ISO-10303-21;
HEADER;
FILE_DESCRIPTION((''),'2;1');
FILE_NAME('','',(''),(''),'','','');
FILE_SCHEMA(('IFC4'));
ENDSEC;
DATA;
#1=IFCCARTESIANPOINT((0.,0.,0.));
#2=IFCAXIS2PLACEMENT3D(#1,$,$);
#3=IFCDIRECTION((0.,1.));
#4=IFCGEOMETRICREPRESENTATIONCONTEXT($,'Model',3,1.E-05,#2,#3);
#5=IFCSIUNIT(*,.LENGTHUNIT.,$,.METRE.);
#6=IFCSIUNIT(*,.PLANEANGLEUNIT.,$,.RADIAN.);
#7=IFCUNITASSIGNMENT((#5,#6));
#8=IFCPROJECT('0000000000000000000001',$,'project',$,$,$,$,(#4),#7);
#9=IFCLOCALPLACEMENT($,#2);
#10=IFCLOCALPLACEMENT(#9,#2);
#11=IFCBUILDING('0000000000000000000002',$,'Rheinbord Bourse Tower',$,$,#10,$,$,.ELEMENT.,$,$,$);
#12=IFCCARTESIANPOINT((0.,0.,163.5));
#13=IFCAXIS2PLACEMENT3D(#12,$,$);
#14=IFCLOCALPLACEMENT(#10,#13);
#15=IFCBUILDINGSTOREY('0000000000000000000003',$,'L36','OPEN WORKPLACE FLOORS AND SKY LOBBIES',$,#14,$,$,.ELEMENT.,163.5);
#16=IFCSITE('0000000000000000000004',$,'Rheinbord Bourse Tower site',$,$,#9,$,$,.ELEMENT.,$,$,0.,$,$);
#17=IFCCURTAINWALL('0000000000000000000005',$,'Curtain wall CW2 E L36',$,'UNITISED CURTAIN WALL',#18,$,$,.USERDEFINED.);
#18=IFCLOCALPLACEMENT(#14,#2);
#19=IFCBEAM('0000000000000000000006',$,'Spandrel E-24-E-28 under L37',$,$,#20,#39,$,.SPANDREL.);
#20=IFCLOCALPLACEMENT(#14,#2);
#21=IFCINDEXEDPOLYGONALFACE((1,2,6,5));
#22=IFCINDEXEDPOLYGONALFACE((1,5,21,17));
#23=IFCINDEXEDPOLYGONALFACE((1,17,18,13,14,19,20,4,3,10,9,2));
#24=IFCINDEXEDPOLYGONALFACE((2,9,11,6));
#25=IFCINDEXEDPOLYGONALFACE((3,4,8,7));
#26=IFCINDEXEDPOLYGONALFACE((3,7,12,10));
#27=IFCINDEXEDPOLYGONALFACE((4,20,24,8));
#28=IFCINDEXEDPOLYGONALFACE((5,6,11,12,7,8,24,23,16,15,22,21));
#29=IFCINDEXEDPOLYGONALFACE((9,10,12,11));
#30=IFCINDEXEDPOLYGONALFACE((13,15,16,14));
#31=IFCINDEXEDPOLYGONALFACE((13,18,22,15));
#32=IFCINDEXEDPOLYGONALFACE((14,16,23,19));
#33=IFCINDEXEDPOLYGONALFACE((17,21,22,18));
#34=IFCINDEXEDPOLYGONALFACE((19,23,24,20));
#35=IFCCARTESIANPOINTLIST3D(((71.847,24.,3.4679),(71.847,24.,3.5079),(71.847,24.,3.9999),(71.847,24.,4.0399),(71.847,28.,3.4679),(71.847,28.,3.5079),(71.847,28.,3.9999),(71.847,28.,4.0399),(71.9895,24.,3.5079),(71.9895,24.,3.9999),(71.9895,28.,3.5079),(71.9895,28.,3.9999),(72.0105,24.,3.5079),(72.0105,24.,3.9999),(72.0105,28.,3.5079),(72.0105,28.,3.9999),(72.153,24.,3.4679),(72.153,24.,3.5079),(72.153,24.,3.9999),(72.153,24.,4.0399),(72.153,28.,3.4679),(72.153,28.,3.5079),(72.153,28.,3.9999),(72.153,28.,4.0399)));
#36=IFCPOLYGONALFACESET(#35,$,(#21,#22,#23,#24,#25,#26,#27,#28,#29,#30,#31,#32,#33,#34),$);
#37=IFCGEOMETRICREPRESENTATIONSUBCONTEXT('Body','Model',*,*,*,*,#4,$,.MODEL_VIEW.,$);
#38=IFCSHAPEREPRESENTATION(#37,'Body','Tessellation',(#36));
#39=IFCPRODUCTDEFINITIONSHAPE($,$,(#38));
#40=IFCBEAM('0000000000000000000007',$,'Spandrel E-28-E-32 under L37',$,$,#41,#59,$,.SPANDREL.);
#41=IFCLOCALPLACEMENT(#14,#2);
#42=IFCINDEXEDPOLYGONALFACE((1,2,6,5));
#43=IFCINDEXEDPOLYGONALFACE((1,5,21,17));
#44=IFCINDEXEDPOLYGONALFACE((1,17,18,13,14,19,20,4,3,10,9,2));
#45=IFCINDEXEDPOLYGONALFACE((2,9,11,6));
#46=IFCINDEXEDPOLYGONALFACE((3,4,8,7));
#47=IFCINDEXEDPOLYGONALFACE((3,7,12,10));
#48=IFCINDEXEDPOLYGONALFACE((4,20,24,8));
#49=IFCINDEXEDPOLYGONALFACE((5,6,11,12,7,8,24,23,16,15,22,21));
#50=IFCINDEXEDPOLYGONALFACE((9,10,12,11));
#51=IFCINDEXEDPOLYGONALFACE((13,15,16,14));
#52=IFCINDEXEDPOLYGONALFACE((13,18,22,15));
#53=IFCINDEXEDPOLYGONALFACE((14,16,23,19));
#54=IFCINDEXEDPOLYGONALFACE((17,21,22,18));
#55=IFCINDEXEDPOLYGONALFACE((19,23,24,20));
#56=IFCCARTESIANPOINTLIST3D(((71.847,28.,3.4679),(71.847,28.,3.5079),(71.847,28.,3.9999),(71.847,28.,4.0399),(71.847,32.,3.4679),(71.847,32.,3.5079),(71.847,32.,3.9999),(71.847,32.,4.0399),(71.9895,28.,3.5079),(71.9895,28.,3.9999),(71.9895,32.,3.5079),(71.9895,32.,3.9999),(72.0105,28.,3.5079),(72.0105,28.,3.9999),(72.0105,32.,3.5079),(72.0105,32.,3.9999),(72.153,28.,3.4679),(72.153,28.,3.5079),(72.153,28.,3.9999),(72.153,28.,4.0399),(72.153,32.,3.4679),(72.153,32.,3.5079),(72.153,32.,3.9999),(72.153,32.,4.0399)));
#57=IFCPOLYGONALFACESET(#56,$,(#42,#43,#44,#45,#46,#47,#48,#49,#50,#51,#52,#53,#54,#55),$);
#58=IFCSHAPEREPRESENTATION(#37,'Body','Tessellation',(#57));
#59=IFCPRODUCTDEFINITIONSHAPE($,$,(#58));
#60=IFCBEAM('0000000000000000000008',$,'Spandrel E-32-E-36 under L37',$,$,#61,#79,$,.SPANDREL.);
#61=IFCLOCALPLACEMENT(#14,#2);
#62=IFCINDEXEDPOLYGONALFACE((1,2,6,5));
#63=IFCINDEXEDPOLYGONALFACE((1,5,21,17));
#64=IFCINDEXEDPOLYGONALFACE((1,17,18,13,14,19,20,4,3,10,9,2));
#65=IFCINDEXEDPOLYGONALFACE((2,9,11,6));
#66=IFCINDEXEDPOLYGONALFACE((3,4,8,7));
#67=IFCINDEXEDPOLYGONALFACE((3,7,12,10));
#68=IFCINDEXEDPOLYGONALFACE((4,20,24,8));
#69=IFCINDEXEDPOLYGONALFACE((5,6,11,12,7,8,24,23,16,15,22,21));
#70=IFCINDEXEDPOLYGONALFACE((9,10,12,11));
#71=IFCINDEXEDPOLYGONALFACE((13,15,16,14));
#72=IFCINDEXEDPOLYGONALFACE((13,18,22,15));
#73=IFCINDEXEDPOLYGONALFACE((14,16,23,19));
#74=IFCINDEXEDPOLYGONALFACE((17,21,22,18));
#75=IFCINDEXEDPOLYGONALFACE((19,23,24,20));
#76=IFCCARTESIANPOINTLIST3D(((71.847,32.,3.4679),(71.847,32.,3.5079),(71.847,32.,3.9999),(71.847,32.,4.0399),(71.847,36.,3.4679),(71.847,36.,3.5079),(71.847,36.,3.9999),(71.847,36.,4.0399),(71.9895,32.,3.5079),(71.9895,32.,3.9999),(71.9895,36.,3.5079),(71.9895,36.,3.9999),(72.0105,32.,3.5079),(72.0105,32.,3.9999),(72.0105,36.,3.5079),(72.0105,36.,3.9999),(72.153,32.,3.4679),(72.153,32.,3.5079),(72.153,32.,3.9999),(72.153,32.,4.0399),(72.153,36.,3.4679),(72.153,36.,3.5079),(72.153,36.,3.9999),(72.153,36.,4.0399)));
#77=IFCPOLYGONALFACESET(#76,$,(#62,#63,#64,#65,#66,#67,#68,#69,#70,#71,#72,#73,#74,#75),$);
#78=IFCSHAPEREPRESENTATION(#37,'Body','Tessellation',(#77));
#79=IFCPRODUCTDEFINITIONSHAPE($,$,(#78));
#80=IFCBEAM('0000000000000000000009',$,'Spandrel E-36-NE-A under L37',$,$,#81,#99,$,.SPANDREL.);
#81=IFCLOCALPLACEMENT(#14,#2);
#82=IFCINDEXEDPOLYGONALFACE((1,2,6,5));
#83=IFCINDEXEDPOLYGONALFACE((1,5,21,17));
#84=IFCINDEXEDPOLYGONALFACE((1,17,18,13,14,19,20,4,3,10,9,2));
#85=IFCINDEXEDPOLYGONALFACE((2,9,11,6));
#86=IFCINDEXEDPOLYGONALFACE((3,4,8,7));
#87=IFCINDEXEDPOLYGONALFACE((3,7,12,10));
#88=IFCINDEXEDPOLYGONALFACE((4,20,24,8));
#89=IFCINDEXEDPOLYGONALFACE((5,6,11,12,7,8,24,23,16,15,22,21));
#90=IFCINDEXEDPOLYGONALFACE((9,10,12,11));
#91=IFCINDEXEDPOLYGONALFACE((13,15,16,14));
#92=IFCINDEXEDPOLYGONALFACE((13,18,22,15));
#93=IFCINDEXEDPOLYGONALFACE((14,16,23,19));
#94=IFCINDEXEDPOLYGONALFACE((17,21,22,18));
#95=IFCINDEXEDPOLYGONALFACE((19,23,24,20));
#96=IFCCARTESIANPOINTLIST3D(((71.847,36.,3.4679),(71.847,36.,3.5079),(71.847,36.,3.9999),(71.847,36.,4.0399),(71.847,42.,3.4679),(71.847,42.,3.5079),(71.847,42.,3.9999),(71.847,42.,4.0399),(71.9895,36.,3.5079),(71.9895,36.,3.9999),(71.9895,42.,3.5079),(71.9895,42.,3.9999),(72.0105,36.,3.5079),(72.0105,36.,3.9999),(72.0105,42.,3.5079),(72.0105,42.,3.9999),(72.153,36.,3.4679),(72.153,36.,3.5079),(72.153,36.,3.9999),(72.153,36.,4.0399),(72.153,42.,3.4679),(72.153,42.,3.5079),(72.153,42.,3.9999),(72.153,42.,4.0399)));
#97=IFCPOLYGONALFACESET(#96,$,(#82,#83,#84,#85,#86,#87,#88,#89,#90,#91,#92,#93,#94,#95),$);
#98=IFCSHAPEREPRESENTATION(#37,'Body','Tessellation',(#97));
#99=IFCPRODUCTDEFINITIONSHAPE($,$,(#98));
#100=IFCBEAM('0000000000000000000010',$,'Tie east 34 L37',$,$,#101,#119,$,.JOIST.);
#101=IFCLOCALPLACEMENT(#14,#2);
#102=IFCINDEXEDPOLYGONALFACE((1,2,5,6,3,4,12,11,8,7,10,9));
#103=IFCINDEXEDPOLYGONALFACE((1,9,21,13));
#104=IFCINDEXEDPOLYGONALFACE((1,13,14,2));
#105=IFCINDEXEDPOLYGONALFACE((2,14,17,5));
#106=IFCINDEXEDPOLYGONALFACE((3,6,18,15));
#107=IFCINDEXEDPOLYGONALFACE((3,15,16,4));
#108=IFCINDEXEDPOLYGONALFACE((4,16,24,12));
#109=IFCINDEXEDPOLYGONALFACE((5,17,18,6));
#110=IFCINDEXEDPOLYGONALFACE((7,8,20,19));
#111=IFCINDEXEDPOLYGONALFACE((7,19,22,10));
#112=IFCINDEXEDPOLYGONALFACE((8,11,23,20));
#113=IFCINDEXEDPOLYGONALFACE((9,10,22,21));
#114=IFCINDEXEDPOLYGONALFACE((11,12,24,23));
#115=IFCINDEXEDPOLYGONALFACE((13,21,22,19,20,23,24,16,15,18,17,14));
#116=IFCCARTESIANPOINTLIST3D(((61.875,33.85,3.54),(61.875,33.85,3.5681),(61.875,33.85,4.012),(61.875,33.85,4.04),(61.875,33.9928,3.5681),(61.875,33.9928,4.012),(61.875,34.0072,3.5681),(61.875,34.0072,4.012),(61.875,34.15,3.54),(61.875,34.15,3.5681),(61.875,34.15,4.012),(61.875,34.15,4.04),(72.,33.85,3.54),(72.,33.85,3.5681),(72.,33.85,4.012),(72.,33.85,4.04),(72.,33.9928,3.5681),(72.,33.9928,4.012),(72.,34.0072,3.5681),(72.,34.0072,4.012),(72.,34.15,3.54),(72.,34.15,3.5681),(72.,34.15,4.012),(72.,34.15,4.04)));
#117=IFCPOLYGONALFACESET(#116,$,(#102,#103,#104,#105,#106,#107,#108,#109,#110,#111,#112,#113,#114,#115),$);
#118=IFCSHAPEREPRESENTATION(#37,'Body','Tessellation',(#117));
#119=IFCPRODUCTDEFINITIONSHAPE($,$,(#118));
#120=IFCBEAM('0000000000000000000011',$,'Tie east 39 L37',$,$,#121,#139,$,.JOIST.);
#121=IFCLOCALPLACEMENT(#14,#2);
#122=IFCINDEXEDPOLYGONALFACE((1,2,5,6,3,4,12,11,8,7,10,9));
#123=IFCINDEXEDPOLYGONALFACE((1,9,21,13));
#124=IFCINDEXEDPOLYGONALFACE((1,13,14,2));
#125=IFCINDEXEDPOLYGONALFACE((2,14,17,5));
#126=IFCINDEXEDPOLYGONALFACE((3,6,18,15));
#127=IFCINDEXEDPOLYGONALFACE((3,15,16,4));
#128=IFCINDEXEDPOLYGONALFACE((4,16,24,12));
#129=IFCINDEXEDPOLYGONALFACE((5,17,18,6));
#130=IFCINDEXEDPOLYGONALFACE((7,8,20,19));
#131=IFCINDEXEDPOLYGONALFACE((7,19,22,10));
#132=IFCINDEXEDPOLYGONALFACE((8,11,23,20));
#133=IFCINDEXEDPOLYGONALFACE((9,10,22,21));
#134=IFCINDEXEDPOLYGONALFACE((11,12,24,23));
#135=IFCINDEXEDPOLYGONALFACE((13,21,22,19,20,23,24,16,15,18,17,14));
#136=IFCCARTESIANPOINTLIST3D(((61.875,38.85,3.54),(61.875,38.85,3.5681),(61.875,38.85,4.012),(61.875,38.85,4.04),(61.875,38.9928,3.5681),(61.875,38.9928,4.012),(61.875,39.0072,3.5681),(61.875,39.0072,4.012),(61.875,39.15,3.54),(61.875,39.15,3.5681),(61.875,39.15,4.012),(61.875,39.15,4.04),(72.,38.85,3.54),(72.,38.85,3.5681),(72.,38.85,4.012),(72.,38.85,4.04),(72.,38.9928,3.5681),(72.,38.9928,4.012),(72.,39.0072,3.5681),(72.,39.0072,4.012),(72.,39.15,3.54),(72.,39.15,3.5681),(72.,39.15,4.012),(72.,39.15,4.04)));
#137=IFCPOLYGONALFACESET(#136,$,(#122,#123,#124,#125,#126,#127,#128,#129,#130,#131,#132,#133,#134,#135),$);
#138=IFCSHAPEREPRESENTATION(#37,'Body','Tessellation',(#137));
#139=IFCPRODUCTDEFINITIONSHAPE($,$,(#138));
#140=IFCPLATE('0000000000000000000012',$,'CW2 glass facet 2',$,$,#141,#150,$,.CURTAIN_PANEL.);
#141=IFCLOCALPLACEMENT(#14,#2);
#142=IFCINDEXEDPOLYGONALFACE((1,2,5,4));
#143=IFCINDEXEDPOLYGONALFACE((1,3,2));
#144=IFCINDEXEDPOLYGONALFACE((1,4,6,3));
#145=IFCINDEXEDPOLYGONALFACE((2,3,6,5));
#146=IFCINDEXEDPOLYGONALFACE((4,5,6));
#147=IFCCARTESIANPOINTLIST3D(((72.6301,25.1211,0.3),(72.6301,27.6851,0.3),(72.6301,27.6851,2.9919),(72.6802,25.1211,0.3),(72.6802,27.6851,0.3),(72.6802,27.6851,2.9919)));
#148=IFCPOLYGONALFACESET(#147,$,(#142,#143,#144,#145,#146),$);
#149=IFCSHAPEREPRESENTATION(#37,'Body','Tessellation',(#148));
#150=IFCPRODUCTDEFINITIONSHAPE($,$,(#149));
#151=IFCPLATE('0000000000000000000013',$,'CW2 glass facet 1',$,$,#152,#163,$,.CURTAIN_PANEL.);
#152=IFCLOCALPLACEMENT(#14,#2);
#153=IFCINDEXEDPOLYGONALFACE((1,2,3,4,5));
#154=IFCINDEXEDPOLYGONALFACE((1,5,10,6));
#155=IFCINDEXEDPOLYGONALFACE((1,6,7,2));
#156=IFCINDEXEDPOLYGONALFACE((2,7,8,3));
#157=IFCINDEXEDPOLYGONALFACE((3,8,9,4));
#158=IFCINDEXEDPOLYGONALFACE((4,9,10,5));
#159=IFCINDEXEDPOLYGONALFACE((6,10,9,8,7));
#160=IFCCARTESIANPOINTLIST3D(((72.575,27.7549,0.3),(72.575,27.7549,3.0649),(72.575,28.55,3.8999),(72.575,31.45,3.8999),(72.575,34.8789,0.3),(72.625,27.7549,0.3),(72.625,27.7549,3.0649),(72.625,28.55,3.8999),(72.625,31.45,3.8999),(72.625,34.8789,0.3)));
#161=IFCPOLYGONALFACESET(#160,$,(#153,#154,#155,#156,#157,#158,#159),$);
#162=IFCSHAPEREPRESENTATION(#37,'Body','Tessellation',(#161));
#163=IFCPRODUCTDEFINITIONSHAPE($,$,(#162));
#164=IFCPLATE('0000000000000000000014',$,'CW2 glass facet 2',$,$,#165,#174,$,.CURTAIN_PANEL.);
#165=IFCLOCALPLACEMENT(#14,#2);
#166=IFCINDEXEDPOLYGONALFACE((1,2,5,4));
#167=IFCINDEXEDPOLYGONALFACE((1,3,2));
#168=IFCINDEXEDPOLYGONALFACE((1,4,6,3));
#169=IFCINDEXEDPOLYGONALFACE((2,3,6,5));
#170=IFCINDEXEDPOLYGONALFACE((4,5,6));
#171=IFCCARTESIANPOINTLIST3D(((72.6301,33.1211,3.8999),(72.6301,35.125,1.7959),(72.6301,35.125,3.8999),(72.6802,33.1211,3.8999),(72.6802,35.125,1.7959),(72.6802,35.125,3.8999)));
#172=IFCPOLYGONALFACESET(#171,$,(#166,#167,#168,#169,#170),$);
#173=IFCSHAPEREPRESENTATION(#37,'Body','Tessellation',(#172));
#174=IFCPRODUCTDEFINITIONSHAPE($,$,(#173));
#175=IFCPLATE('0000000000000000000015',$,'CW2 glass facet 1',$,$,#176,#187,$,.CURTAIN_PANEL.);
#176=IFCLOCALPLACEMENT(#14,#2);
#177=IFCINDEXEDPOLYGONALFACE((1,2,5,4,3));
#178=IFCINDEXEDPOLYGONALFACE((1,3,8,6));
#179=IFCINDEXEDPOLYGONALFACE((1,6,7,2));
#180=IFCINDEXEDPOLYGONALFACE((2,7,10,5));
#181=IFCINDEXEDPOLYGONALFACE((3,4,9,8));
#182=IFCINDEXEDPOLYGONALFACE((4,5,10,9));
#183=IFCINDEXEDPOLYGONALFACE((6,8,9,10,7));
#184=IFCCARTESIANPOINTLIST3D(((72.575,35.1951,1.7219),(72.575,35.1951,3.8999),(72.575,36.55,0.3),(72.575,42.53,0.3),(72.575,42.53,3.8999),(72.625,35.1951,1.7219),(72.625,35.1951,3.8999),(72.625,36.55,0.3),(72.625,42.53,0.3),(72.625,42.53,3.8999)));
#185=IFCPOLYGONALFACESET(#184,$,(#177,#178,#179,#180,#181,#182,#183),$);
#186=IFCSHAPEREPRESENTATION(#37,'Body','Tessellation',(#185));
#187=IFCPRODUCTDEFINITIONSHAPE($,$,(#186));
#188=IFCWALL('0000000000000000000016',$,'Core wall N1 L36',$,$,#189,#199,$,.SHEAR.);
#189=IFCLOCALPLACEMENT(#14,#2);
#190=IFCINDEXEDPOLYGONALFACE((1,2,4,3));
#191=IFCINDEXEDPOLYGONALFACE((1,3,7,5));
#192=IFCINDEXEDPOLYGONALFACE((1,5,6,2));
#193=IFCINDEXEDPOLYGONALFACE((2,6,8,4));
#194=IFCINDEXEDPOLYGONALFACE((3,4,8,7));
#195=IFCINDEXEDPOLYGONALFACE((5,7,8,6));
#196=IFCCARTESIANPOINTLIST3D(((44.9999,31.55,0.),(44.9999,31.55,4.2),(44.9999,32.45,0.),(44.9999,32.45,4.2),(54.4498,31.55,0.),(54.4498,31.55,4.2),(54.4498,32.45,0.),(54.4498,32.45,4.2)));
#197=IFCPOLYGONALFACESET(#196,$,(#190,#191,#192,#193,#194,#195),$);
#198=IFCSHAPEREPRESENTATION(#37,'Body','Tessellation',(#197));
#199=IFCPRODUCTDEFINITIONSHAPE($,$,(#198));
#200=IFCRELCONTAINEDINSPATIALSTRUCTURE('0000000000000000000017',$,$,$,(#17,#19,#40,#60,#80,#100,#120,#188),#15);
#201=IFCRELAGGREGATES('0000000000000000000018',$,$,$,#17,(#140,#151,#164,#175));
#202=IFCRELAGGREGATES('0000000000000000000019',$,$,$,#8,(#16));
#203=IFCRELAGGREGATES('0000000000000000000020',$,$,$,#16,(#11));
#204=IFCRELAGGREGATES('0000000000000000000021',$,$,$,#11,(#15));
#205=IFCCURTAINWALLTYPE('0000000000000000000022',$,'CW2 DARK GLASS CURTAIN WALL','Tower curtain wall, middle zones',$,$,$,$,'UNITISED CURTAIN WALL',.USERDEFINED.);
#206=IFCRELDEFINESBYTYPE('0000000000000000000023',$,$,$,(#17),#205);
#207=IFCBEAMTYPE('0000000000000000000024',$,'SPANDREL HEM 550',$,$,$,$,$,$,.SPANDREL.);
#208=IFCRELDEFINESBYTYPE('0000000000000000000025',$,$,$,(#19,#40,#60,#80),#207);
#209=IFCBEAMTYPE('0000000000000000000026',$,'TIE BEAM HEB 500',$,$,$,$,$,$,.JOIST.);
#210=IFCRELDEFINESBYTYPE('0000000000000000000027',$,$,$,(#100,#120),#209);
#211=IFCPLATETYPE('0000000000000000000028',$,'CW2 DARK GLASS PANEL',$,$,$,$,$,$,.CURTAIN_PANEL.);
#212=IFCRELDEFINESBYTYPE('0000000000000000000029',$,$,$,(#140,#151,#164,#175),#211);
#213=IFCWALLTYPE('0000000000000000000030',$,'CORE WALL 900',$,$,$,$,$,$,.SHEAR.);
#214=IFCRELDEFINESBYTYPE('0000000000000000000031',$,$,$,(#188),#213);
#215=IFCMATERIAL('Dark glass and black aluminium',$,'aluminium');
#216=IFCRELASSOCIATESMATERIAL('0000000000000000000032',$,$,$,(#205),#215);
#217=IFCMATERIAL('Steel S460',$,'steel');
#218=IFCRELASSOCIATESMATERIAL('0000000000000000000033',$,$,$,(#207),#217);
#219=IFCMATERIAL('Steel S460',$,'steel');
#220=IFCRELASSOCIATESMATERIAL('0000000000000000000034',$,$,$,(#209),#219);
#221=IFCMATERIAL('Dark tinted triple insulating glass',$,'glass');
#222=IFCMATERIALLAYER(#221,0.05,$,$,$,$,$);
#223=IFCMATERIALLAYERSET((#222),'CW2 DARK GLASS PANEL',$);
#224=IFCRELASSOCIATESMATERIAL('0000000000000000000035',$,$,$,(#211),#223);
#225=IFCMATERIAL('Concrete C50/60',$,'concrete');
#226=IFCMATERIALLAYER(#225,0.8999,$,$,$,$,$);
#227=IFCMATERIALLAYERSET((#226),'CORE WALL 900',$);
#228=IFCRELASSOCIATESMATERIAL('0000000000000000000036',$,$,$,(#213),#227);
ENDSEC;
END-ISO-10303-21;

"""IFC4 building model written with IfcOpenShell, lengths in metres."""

from ifc_helpers import new_model, si_unit, direction, frame, frame_2d, origin, origin_2d, place, context, subcontext, project, spatial, polyline, rectangle, i_section, outline, extrude, material, layer, layer_set, material_profile, profile_set, type_object, element, aggregate, save


model = new_model("IFC4")

# Units and contexts
model_context = context("Model", 3, precision=1e-05, world=origin(), true_north=direction((0.0, 1.0)))
body_context = subcontext(model_context, "Body", "Model", "MODEL_VIEW")
ifc_project = project(units=[si_unit("LENGTHUNIT", "METRE"), si_unit("PLANEANGLEUNIT", "RADIAN")], contexts=[model_context])

# Site, building, storey
site_placement = place(None, origin())
site = spatial("IfcSite", under=ifc_project, at=site_placement, Name="Rheinbord Bourse Tower site", CompositionType="ELEMENT", RefElevation=0.0)
building_placement = place(site_placement, origin())
building = spatial("IfcBuilding", under=site, at=building_placement, Name="Rheinbord Bourse Tower", CompositionType="ELEMENT")
storey_placement = place(building_placement, frame((0.0, 0.0, 163.5)))
storey = spatial("IfcBuildingStorey", under=building, at=storey_placement, Name="L36", Description="OPEN WORKPLACE FLOORS AND SKY LOBBIES", CompositionType="ELEMENT", Elevation=163.5)

# Curtain wall
ifc_material_1 = material(Name="Dark glass and black aluminium", Category="aluminium")
curtain_wall_type = type_object("IfcCurtainWallType", Name="CW2 DARK GLASS CURTAIN WALL", Description="Tower curtain wall, middle zones", ElementType="UNITISED CURTAIN WALL", PredefinedType="USERDEFINED", material=ifc_material_1)
curtain_wall_placement = place(storey_placement, origin())
curtain_wall = element("IfcCurtainWall", 1, at=curtain_wall_placement, inside=storey, type_object=curtain_wall_type, Name="Curtain wall CW2 E L36", ObjectType="UNITISED CURTAIN WALL", PredefinedType="USERDEFINED")

# Beams
ifc_material_2 = material(Name="Steel S460", Category="steel")
ifc_material_profile_1 = material_profile(ifc_material_2, i_section(OverallWidth=0.3059, OverallDepth=0.572, WebThickness=0.021, FlangeThickness=0.04, at=origin_2d()), Name="HEM 550")
ifc_profile_set_1 = profile_set([ifc_material_profile_1], Name="Steel S460")
beam_type_1 = type_object("IfcBeamType", Name="SPANDREL HEM 550", PredefinedType="SPANDREL", material=ifc_profile_set_1)
for number, where, z_axis, x_axis, name in (
    (2, (72.0, 24.0, 3.7539), (0.0, 1.0, 0.0), (-1.0, 0.0, 0.0), "Spandrel E-24-E-28 under L37"),
    (3, (72.0, 28.0, 3.7539), (0.0, 1.0, 0.0), (-1.0, 0.0, 0.0), "Spandrel E-28-E-32 under L37"),
    (4, (72.0, 32.0, 3.7539), (0.0, 1.0, 0.0), (-1.0, 0.0, 0.0), "Spandrel E-32-E-36 under L37"),
):
    element("IfcBeam", number, at=place(storey_placement, frame(where, z_axis=z_axis, x_axis=x_axis)), inside=storey, type_object=beam_type_1, Name=name, PredefinedType="SPANDREL", context=body_context, shape_type="SweptSolid", body=[
        extrude(i_section(OverallWidth=0.3059, OverallDepth=0.572, WebThickness=0.021, FlangeThickness=0.04, at=origin_2d()), origin(), (0.0, 0.0, 1.0), 4.0),
    ])
beam_1_placement = place(storey_placement, frame((72.0, 36.0, 3.7539), z_axis=(0.0, 1.0, 0.0), x_axis=(-1.0, 0.0, 0.0)))
element("IfcBeam", 5, at=beam_1_placement, inside=storey, type_object=beam_type_1, Name="Spandrel E-36-NE-A under L37", PredefinedType="SPANDREL", context=body_context, shape_type="SweptSolid", body=[
    extrude(i_section(OverallWidth=0.3059, OverallDepth=0.572, WebThickness=0.021, FlangeThickness=0.04, at=origin_2d()), origin(), (0.0, 0.0, 1.0), 6.0),
])
ifc_material_3 = material(Name="Steel S460", Category="steel")
ifc_material_profile_2 = material_profile(ifc_material_3, i_section(OverallWidth=0.3, OverallDepth=0.5, WebThickness=0.0144, FlangeThickness=0.0281, at=origin_2d()), Name="HEB 500")
ifc_profile_set_2 = profile_set([ifc_material_profile_2], Name="Steel S460")
beam_type_2 = type_object("IfcBeamType", Name="TIE BEAM HEB 500", PredefinedType="JOIST", material=ifc_profile_set_2)
for number, where, z_axis, x_axis, name in (
    (6, (61.875, 34.0, 3.79), (1.0, 0.0, 0.0), (0.0, 1.0, 0.0), "Tie east 34 L37"),
    (7, (61.875, 39.0, 3.79), (1.0, 0.0, 0.0), (0.0, 1.0, 0.0), "Tie east 39 L37"),
):
    element("IfcBeam", number, at=place(storey_placement, frame(where, z_axis=z_axis, x_axis=x_axis)), inside=storey, type_object=beam_type_2, Name=name, PredefinedType="JOIST", context=body_context, shape_type="SweptSolid", body=[
        extrude(i_section(OverallWidth=0.3, OverallDepth=0.5, WebThickness=0.0144, FlangeThickness=0.0281, at=origin_2d()), origin(), (0.0, 0.0, 1.0), 10.125),
    ])

# Plates
ifc_material_4 = material(Name="Dark tinted triple insulating glass", Category="glass")
ifc_layer_1 = layer(ifc_material_4, 0.05)
ifc_layer_set_1 = layer_set([ifc_layer_1], Name="CW2 DARK GLASS PANEL")
plate_type = type_object("IfcPlateType", Name="CW2 DARK GLASS PANEL", PredefinedType="CURTAIN_PANEL", material=ifc_layer_set_1)
plate_1_placement = place(storey_placement, frame((72.6802, 27.6851, 0.3), z_axis=(-1.0, 0.0, 0.0), x_axis=(0.0, -1.0, 0.0)))
plate_1 = element("IfcPlate", 8, at=plate_1_placement, type_object=plate_type, Name="CW2 glass facet 2", PredefinedType="CURTAIN_PANEL", context=body_context, shape_type="SweptSolid", body=[
    extrude(outline(polyline([(0.0, 0.0), (2.564, 0.0), (0.0, 2.6919), (0.0, 0.0)])), origin(), (0.0, 0.0, 1.0), 0.05),
])
plate_2_placement = place(storey_placement, frame((72.625, 27.7549, 0.3), z_axis=(-1.0, 0.0, 0.0), x_axis=(0.0, 0.0, 1.0)))
plate_2 = element("IfcPlate", 9, at=plate_2_placement, type_object=plate_type, Name="CW2 glass facet 1", PredefinedType="CURTAIN_PANEL", context=body_context, shape_type="SweptSolid", body=[
    extrude(outline(polyline([(0.0, 0.0), (2.7649, 0.0), (3.5999, 0.7952), (3.5999, 3.6951), (0.0, 7.124), (0.0, 0.0)])), origin(), (0.0, 0.0, 1.0), 0.05),
])
plate_3_placement = place(storey_placement, frame((72.6802, 35.125, 3.8999), z_axis=(-1.0, 0.0, 0.0), x_axis=(0.0, 0.0, -1.0)))
plate_3 = element("IfcPlate", 10, at=plate_3_placement, type_object=plate_type, Name="CW2 glass facet 2", PredefinedType="CURTAIN_PANEL", context=body_context, shape_type="SweptSolid", body=[
    extrude(outline(polyline([(0.0, 0.0), (2.104, 0.0), (0.0, 2.0039), (0.0, 0.0)])), origin(), (0.0, 0.0, 1.0), 0.05),
])
plate_4_placement = place(storey_placement, frame((72.625, 35.1951, 3.8999), z_axis=(-1.0, 0.0, 0.0), x_axis=(0.0, 1.0, 0.0)))
plate_4 = element("IfcPlate", 11, at=plate_4_placement, type_object=plate_type, Name="CW2 glass facet 1", PredefinedType="CURTAIN_PANEL", context=body_context, shape_type="SweptSolid", body=[
    extrude(outline(polyline([(0.0, 0.0), (7.335, 0.0), (7.335, 3.5999), (1.355, 3.5999), (0.0, 2.178), (0.0, 0.0)])), origin(), (0.0, 0.0, 1.0), 0.05),
])
aggregate(curtain_wall, [plate_1, plate_2, plate_3, plate_4])

# Wall
ifc_material_5 = material(Name="Concrete C50/60", Category="concrete")
ifc_layer_2 = layer(ifc_material_5, 0.8999)
ifc_layer_set_2 = layer_set([ifc_layer_2], Name="CORE WALL 900")
wall_type_1 = type_object("IfcWallType", Name="CORE WALL 900", PredefinedType="SHEAR", material=ifc_layer_set_2)
wall_1_placement = place(storey_placement, frame((54.45, 32.0, 0.0), z_axis=(0.0, 0.0, 1.0), x_axis=(-1.0, 0.0, 0.0)))
element("IfcWall", 12, at=wall_1_placement, inside=storey, type_object=wall_type_1, Name="Core wall N1 L36", PredefinedType="SHEAR", context=body_context, shape_type="SweptSolid", body=[
    extrude(rectangle(XDim=9.45, YDim=0.8999, at=frame_2d((4.7251, 0.0))), origin(), (0.0, 0.0, 1.0), 4.2),
])

save(model, "model.ifc")
